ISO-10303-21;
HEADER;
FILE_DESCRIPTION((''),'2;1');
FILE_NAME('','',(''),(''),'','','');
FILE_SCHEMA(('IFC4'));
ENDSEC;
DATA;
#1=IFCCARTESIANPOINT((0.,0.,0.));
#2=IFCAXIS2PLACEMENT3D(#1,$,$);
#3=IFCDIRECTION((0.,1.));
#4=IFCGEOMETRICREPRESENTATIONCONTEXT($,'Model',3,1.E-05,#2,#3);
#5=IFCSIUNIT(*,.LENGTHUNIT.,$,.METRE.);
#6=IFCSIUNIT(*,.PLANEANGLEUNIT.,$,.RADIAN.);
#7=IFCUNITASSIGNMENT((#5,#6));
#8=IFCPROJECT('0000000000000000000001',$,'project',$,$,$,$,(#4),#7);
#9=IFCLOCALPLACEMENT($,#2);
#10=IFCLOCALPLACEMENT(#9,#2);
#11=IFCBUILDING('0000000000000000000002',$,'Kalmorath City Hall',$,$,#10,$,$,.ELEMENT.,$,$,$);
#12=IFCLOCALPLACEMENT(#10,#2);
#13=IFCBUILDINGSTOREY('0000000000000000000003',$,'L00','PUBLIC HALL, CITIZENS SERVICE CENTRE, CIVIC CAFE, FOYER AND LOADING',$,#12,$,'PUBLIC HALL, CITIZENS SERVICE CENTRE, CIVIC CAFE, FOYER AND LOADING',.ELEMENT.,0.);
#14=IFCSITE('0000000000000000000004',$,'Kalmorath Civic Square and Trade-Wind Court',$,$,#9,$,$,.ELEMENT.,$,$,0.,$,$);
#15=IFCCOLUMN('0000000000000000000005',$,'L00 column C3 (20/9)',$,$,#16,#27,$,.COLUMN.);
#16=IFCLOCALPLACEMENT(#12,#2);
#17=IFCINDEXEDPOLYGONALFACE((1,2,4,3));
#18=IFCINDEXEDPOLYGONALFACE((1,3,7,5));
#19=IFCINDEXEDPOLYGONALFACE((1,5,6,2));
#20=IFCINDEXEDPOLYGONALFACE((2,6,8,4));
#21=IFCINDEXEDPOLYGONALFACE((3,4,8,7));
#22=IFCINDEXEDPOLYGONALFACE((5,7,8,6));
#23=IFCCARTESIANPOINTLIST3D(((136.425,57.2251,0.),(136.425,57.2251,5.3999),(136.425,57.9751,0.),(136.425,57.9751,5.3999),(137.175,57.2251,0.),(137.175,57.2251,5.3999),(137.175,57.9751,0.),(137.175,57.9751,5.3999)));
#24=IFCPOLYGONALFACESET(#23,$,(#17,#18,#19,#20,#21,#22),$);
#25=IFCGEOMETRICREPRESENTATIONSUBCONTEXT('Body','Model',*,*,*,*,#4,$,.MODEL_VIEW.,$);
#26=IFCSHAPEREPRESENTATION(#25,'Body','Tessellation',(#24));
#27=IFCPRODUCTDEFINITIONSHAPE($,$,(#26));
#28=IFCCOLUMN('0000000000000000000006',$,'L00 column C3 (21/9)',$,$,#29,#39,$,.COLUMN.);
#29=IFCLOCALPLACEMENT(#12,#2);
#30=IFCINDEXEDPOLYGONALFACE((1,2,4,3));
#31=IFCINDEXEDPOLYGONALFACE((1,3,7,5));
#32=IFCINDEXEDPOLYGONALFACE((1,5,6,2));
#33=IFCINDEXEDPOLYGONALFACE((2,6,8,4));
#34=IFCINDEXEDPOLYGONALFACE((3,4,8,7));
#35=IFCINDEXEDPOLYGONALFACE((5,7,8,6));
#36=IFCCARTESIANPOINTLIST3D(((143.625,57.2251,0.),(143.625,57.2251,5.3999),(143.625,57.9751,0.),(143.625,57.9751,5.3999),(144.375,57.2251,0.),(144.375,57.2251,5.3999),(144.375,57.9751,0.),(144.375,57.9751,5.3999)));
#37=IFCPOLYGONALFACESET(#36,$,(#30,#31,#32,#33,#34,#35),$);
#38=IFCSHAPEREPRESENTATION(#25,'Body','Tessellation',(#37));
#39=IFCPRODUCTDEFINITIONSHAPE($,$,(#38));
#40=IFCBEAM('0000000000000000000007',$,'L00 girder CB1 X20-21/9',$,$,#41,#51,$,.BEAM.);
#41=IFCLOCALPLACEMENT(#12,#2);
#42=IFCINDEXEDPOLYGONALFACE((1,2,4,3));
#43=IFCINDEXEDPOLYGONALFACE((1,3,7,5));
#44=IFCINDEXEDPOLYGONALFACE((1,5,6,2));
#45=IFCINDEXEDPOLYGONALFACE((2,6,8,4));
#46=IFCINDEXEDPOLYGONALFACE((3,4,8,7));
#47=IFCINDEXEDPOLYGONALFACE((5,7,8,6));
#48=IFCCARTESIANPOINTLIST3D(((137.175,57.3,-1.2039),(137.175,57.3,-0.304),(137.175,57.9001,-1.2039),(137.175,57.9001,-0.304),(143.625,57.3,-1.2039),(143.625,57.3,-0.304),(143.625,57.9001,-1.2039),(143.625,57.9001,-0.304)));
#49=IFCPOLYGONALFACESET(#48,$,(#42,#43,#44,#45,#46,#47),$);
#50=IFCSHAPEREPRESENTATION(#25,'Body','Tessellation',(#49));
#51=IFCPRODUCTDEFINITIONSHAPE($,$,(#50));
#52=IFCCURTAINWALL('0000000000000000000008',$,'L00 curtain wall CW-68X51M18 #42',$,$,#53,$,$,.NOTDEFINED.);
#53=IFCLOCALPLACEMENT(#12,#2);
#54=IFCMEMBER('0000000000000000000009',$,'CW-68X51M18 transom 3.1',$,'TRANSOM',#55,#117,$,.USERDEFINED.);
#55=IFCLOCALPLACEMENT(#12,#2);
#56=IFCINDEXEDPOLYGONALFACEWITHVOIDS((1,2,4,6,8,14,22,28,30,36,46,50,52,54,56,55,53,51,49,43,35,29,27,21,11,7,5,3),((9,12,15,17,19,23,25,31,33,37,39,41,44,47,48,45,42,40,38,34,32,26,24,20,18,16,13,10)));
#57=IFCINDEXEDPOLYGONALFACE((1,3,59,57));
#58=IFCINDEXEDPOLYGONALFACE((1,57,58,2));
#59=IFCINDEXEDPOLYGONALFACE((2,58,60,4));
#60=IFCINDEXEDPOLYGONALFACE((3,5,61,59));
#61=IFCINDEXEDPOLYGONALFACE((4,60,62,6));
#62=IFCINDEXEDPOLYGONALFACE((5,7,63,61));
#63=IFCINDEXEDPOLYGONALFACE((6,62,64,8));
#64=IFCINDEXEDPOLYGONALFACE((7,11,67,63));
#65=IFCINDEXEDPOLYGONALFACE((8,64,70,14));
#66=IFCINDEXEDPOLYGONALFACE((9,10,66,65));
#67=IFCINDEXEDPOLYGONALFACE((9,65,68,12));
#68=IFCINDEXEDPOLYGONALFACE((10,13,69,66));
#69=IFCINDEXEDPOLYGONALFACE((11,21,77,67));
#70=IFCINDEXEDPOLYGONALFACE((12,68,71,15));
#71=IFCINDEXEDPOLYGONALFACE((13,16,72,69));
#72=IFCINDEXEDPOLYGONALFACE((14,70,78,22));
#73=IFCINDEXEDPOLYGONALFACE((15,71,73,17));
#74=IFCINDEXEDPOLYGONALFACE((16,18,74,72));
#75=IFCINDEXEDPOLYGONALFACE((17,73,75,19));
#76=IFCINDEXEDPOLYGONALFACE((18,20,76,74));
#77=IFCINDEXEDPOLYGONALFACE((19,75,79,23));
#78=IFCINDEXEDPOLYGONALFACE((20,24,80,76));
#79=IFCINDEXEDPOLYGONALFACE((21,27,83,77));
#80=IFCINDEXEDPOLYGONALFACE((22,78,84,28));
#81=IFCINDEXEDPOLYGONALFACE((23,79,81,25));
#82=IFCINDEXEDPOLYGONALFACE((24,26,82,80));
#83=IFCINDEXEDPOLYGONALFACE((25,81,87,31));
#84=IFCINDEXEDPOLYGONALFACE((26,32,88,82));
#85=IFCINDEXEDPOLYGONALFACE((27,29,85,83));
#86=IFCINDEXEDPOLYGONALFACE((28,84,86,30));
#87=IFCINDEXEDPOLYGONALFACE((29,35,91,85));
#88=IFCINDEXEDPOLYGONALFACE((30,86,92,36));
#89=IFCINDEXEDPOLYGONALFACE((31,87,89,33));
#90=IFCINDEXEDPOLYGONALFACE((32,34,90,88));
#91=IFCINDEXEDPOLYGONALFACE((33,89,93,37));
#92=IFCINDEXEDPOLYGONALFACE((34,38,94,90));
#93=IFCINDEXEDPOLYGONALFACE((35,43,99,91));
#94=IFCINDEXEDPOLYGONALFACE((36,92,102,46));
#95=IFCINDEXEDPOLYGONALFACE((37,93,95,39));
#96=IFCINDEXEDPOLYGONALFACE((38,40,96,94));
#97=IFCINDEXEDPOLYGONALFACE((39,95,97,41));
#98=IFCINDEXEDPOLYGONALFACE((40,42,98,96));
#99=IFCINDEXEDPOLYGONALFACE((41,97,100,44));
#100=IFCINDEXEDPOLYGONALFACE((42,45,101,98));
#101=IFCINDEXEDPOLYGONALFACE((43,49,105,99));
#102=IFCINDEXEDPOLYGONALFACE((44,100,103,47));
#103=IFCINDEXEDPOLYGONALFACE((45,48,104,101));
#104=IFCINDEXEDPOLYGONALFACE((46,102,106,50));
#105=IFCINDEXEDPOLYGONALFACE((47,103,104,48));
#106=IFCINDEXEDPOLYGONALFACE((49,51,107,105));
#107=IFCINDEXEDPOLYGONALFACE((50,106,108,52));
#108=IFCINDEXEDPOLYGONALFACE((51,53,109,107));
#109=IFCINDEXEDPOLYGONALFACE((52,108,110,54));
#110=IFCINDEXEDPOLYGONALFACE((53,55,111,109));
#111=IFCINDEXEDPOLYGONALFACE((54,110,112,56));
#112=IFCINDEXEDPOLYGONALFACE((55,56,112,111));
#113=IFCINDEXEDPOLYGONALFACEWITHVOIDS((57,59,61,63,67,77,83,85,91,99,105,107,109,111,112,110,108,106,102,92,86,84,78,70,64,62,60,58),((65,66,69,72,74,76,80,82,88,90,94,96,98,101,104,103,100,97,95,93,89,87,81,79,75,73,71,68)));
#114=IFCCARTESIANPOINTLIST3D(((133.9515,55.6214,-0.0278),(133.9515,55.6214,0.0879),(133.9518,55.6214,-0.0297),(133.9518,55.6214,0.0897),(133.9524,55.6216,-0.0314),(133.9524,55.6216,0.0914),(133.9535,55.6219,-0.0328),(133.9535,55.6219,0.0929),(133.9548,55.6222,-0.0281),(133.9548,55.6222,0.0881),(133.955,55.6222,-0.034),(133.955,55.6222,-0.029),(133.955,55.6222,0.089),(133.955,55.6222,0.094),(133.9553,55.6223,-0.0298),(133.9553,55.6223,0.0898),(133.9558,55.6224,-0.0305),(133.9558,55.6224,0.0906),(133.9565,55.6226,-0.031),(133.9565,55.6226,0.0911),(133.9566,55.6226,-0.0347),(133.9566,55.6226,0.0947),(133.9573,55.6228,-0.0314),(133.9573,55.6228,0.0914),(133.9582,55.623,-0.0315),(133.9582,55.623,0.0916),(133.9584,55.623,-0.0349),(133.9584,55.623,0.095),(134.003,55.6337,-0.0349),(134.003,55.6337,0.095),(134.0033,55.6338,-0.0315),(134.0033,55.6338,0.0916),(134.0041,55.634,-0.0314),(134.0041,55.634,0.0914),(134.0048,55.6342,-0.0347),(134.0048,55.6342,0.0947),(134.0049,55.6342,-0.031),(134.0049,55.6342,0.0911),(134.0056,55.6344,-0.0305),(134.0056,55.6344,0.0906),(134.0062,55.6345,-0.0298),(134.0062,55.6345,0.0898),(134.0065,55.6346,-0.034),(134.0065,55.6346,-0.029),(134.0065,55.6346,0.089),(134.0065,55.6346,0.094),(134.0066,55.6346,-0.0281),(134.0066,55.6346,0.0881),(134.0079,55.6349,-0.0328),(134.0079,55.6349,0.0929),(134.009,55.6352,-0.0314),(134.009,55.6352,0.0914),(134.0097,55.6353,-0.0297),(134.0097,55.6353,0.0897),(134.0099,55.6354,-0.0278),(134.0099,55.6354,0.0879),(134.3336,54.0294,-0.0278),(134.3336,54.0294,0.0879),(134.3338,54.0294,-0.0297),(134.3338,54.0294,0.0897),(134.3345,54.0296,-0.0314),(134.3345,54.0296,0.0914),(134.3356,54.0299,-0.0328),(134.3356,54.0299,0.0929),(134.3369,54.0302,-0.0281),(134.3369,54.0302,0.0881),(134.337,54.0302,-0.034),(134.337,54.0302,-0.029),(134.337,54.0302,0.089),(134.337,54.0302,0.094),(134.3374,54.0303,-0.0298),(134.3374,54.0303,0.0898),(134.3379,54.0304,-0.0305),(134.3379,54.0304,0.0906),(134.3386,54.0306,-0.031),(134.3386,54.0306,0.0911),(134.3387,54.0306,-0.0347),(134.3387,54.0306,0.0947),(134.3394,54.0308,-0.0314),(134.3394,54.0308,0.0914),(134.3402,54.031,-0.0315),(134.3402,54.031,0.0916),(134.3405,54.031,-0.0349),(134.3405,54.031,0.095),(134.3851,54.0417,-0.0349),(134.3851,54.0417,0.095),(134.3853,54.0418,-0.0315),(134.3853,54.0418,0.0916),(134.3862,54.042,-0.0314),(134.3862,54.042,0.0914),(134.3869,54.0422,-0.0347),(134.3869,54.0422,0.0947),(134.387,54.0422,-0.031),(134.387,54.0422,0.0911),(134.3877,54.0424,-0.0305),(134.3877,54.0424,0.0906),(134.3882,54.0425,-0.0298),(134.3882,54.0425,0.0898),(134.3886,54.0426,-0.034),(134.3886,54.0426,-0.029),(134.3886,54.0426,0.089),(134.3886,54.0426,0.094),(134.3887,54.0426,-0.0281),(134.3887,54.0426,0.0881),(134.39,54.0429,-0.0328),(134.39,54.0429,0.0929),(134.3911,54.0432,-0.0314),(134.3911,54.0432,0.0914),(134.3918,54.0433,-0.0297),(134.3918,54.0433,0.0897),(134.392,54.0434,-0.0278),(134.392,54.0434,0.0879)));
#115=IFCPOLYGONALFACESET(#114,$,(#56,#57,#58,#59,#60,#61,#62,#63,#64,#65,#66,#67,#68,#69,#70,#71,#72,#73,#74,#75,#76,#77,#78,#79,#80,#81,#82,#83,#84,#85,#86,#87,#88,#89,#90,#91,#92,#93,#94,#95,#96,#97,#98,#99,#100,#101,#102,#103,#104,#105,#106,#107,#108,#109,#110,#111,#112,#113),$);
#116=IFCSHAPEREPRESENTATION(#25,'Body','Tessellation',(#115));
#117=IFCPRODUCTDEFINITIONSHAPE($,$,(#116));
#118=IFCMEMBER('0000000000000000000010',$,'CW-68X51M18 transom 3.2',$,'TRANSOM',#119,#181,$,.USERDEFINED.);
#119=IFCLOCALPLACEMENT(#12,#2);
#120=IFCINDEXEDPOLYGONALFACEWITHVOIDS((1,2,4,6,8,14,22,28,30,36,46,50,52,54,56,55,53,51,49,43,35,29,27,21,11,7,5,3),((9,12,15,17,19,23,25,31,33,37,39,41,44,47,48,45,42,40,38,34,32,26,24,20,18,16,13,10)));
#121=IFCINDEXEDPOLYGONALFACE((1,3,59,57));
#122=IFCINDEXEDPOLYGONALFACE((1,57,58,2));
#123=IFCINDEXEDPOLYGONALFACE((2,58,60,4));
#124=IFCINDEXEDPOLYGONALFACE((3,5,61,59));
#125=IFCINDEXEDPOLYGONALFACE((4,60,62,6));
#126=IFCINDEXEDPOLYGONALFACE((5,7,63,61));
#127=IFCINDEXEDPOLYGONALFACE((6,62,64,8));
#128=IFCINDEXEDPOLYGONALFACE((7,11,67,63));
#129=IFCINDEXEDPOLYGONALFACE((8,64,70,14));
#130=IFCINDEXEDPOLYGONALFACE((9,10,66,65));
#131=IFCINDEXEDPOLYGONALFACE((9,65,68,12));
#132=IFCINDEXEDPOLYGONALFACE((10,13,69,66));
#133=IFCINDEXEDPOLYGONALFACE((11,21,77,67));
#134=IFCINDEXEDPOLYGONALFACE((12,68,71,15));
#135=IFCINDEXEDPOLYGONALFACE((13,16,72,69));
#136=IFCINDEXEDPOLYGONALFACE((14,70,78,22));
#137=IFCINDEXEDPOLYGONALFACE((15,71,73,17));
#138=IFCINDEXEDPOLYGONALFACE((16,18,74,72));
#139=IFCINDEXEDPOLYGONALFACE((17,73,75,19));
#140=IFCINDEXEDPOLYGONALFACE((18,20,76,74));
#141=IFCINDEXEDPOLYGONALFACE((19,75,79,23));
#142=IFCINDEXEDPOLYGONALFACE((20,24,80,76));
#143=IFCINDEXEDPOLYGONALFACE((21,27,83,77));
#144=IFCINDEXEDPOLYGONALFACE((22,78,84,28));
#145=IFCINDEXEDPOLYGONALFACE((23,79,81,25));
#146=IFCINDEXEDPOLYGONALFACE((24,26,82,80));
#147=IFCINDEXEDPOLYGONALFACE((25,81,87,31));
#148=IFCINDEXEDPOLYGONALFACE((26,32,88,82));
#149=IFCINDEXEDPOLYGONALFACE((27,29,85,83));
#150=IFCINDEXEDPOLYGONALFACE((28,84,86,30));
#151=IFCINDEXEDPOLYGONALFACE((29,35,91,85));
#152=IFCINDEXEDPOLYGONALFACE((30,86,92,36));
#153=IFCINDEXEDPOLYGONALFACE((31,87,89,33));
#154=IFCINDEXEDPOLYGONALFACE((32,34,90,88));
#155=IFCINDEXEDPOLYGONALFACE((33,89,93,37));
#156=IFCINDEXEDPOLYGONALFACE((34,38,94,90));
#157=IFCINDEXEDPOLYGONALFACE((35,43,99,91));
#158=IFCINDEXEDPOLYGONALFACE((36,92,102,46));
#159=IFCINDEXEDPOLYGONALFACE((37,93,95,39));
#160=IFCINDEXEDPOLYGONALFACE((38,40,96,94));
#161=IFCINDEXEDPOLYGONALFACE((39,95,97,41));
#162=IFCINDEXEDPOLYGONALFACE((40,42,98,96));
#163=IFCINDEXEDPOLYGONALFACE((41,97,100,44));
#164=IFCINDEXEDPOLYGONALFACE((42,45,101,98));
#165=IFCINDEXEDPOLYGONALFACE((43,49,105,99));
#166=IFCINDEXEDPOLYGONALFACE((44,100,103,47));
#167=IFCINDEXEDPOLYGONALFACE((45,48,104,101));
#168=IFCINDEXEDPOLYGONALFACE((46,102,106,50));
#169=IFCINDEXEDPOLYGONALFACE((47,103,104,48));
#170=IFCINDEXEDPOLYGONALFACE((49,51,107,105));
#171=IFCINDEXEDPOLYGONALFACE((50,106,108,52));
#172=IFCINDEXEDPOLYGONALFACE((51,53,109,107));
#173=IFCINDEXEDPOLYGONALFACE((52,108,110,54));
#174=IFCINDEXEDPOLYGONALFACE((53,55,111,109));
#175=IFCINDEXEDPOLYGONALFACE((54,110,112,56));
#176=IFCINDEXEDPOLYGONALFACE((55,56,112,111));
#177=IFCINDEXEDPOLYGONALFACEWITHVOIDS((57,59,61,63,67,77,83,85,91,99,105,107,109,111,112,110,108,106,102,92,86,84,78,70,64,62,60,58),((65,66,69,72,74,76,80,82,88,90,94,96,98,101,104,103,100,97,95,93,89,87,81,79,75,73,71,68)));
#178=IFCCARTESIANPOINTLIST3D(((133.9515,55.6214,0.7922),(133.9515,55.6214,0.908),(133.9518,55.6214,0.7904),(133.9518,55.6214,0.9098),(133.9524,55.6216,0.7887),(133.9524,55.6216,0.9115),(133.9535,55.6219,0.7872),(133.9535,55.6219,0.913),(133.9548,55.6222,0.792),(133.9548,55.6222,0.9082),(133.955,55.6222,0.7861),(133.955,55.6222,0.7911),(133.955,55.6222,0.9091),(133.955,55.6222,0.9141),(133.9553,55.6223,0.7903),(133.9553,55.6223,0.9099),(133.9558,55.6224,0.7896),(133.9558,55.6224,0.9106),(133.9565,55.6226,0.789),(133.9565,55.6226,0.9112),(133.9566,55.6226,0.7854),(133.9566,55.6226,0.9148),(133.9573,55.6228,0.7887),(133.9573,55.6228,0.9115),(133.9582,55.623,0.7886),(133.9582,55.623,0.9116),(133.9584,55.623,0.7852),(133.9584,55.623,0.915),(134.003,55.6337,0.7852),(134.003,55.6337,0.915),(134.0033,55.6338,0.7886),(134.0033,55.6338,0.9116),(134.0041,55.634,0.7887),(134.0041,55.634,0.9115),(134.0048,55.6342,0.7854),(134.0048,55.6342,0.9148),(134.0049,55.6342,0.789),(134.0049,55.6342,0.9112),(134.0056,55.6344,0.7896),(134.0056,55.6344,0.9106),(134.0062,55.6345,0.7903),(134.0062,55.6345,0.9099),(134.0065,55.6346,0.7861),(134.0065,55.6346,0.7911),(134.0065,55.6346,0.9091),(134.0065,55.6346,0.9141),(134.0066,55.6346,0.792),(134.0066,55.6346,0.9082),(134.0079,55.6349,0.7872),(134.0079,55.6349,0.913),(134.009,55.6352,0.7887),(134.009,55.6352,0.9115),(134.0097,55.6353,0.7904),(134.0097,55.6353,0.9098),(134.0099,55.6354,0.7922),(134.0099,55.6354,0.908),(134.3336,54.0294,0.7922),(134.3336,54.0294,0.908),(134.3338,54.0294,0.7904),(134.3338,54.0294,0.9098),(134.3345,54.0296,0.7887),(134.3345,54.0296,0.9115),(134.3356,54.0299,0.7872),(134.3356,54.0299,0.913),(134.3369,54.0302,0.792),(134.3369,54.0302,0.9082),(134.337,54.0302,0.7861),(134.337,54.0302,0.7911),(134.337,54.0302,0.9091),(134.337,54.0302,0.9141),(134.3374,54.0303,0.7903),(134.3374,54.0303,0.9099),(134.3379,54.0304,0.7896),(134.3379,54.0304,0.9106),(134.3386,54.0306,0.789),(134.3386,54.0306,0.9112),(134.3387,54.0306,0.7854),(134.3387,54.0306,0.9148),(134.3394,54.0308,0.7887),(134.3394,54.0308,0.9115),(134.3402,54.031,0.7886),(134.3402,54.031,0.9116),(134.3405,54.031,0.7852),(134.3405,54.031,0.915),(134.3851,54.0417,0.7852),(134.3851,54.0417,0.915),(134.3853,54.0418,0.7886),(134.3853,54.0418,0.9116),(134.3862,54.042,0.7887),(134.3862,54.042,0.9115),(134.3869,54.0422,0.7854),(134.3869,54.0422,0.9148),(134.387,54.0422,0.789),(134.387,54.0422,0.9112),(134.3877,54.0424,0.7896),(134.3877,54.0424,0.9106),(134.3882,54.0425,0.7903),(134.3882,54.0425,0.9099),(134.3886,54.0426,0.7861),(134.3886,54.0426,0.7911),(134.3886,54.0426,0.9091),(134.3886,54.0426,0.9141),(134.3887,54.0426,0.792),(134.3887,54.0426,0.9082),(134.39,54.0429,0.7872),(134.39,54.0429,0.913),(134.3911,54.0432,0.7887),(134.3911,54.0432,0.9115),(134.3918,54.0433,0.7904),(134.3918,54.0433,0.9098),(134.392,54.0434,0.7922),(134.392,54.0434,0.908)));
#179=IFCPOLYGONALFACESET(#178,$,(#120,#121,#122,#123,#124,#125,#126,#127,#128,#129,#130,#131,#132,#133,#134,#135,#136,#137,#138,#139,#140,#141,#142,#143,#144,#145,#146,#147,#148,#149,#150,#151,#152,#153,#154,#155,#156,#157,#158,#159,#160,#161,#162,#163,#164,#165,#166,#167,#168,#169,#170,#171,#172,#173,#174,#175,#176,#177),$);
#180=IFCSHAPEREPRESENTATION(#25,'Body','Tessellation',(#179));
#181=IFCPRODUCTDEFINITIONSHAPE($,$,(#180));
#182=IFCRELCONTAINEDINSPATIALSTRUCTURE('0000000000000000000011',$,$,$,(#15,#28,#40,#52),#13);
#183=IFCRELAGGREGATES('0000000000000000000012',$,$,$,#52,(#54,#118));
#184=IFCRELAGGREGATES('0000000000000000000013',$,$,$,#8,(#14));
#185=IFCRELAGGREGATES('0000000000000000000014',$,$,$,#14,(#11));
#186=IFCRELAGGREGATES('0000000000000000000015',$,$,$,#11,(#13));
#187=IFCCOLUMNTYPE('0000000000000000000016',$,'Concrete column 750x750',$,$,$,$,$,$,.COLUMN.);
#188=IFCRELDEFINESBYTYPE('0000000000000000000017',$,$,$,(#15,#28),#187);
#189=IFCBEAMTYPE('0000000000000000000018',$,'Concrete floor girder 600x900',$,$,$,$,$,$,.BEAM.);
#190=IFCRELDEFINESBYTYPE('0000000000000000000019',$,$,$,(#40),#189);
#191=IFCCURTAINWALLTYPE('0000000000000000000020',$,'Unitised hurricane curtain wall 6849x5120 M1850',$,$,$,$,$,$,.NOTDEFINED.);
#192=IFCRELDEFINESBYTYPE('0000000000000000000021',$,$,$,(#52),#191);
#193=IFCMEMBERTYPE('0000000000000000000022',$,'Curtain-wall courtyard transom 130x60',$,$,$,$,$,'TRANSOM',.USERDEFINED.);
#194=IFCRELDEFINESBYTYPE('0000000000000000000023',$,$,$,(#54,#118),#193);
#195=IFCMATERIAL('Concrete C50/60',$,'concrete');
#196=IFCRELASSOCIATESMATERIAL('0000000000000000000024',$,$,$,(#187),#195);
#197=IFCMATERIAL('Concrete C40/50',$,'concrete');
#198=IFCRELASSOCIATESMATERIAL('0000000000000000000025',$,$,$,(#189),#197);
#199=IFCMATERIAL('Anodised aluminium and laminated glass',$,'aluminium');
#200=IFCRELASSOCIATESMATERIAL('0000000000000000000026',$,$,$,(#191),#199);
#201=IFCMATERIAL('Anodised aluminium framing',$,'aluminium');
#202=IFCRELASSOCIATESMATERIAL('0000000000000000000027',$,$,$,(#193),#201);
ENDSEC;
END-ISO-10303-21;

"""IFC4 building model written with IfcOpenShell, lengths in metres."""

from ifc_helpers import new_model, si_unit, direction, frame, origin, origin_2d, place, context, subcontext, project, spatial, rectangle, hollow_rectangle, extrude, material, material_profile, profile_set, type_object, element, aggregate, save


model = new_model("IFC4")

# Units and contexts
model_context = context("Model", 3, precision=1e-05, world=origin(), true_north=direction((0.0, 1.0)))
body_context = subcontext(model_context, "Body", "Model", "MODEL_VIEW")
ifc_project = project(units=[si_unit("LENGTHUNIT", "METRE"), si_unit("PLANEANGLEUNIT", "RADIAN")], contexts=[model_context])

# Site, building, storey
site_placement = place(None, origin())
site = spatial("IfcSite", under=ifc_project, at=site_placement, Name="Kalmorath Civic Square and Trade-Wind Court", CompositionType="ELEMENT", RefElevation=0.0)
building_placement = place(site_placement, origin())
building = spatial("IfcBuilding", under=site, at=building_placement, Name="Kalmorath City Hall", CompositionType="ELEMENT")
storey_placement = place(building_placement, origin())
storey = spatial("IfcBuildingStorey", under=building, at=storey_placement, Name="L00", Description="PUBLIC HALL, CITIZENS SERVICE CENTRE, CIVIC CAFE, FOYER AND LOADING", LongName="PUBLIC HALL, CITIZENS SERVICE CENTRE, CIVIC CAFE, FOYER AND LOADING", CompositionType="ELEMENT", Elevation=0.0)

# Columns
ifc_material_1 = material(Name="Concrete C50/60", Category="concrete")
ifc_material_profile_1 = material_profile(ifc_material_1, rectangle(XDim=0.75, YDim=0.75, at=origin_2d()), Name="RC-COL-750X750")
ifc_profile_set_1 = profile_set([ifc_material_profile_1], Name="Concrete C50/60")
column_type = type_object("IfcColumnType", Name="Concrete column 750x750", PredefinedType="COLUMN", material=ifc_profile_set_1)
for number, where, z_axis, x_axis, name in (
    (1, (136.8, 57.6001, 0.0), (0.0, 0.0, 1.0), (1.0, 0.0, 0.0), "L00 column C3 (20/9)"),
    (2, (144.0, 57.6001, 0.0), (0.0, 0.0, 1.0), (1.0, 0.0, 0.0), "L00 column C3 (21/9)"),
):
    element("IfcColumn", number, at=place(storey_placement, frame(where, z_axis=z_axis, x_axis=x_axis)), inside=storey, type_object=column_type, Name=name, PredefinedType="COLUMN", context=body_context, shape_type="SweptSolid", body=[
        extrude(rectangle(XDim=0.75, YDim=0.75, at=origin_2d()), origin(), (0.0, 0.0, 1.0), 5.3999),
    ])

# Beam
ifc_material_2 = material(Name="Concrete C40/50", Category="concrete")
ifc_material_profile_2 = material_profile(ifc_material_2, rectangle(XDim=0.6001, YDim=0.8999, at=origin_2d()), Name="RC-BM-600X900")
ifc_profile_set_2 = profile_set([ifc_material_profile_2], Name="Concrete C40/50")
beam_type_1 = type_object("IfcBeamType", Name="Concrete floor girder 600x900", PredefinedType="BEAM", material=ifc_profile_set_2)
beam_1_placement = place(storey_placement, frame((137.175, 57.6001, -0.7539), z_axis=(1.0, 0.0, 0.0), x_axis=(0.0, 1.0, 0.0)))
element("IfcBeam", 3, at=beam_1_placement, inside=storey, type_object=beam_type_1, Name="L00 girder CB1 X20-21/9", PredefinedType="BEAM", context=body_context, shape_type="SweptSolid", body=[
    extrude(rectangle(XDim=0.6001, YDim=0.8999, at=origin_2d()), origin(), (0.0, 0.0, 1.0), 6.45),
])

# Curtain wall, members
ifc_material_3 = material(Name="Anodised aluminium and laminated glass", Category="aluminium")
curtain_wall_type = type_object("IfcCurtainWallType", Name="Unitised hurricane curtain wall 6849x5120 M1850", PredefinedType="NOTDEFINED", material=ifc_material_3)
curtain_wall_placement = place(storey_placement, origin())
curtain_wall = element("IfcCurtainWall", 4, at=curtain_wall_placement, inside=storey, type_object=curtain_wall_type, Name="L00 curtain wall CW-68X51M18 #42", PredefinedType="NOTDEFINED")
ifc_material_4 = material(Name="Anodised aluminium framing", Category="aluminium")
ifc_material_profile_3 = material_profile(ifc_material_4, hollow_rectangle(XDim=0.0601, YDim=0.1299, WallThickness=0.0034, InnerFilletRadius=0.0034, OuterFilletRadius=0.0071, at=origin_2d()), Name="ALU-TRN-130X60X3.5")
ifc_profile_set_3 = profile_set([ifc_material_profile_3], Name="Anodised aluminium framing")
member_type_1 = type_object("IfcMemberType", Name="Curtain-wall courtyard transom 130x60", ElementType="TRANSOM", PredefinedType="USERDEFINED", material=ifc_profile_set_3)
member_1_placement = place(storey_placement, frame((134.3628, 54.0364, 0.03), z_axis=(-0.233367, 0.972389, 0.0), x_axis=(-0.972389, -0.233367, 0.0)))
member_1 = element("IfcMember", 5, at=member_1_placement, type_object=member_type_1, Name="CW-68X51M18 transom 3.1", ObjectType="TRANSOM", PredefinedType="USERDEFINED", context=body_context, shape_type="SweptSolid", body=[
    extrude(hollow_rectangle(XDim=0.0601, YDim=0.1299, WallThickness=0.0034, InnerFilletRadius=0.0034, OuterFilletRadius=0.0071, at=origin_2d()), origin(), (0.0, 0.0, 1.0), 1.6372),
])
member_2_placement = place(storey_placement, frame((134.3628, 54.0364, 0.8501), z_axis=(-0.233367, 0.972389, 0.0), x_axis=(-0.972389, -0.233367, 0.0)))
member_2 = element("IfcMember", 6, at=member_2_placement, type_object=member_type_1, Name="CW-68X51M18 transom 3.2", ObjectType="TRANSOM", PredefinedType="USERDEFINED", context=body_context, shape_type="SweptSolid", body=[
    extrude(hollow_rectangle(XDim=0.0601, YDim=0.1299, WallThickness=0.0034, InnerFilletRadius=0.0034, OuterFilletRadius=0.0071, at=origin_2d()), origin(), (0.0, 0.0, 1.0), 1.6372),
])

aggregate(curtain_wall, [member_1, member_2])

save(model, "model.ifc")
